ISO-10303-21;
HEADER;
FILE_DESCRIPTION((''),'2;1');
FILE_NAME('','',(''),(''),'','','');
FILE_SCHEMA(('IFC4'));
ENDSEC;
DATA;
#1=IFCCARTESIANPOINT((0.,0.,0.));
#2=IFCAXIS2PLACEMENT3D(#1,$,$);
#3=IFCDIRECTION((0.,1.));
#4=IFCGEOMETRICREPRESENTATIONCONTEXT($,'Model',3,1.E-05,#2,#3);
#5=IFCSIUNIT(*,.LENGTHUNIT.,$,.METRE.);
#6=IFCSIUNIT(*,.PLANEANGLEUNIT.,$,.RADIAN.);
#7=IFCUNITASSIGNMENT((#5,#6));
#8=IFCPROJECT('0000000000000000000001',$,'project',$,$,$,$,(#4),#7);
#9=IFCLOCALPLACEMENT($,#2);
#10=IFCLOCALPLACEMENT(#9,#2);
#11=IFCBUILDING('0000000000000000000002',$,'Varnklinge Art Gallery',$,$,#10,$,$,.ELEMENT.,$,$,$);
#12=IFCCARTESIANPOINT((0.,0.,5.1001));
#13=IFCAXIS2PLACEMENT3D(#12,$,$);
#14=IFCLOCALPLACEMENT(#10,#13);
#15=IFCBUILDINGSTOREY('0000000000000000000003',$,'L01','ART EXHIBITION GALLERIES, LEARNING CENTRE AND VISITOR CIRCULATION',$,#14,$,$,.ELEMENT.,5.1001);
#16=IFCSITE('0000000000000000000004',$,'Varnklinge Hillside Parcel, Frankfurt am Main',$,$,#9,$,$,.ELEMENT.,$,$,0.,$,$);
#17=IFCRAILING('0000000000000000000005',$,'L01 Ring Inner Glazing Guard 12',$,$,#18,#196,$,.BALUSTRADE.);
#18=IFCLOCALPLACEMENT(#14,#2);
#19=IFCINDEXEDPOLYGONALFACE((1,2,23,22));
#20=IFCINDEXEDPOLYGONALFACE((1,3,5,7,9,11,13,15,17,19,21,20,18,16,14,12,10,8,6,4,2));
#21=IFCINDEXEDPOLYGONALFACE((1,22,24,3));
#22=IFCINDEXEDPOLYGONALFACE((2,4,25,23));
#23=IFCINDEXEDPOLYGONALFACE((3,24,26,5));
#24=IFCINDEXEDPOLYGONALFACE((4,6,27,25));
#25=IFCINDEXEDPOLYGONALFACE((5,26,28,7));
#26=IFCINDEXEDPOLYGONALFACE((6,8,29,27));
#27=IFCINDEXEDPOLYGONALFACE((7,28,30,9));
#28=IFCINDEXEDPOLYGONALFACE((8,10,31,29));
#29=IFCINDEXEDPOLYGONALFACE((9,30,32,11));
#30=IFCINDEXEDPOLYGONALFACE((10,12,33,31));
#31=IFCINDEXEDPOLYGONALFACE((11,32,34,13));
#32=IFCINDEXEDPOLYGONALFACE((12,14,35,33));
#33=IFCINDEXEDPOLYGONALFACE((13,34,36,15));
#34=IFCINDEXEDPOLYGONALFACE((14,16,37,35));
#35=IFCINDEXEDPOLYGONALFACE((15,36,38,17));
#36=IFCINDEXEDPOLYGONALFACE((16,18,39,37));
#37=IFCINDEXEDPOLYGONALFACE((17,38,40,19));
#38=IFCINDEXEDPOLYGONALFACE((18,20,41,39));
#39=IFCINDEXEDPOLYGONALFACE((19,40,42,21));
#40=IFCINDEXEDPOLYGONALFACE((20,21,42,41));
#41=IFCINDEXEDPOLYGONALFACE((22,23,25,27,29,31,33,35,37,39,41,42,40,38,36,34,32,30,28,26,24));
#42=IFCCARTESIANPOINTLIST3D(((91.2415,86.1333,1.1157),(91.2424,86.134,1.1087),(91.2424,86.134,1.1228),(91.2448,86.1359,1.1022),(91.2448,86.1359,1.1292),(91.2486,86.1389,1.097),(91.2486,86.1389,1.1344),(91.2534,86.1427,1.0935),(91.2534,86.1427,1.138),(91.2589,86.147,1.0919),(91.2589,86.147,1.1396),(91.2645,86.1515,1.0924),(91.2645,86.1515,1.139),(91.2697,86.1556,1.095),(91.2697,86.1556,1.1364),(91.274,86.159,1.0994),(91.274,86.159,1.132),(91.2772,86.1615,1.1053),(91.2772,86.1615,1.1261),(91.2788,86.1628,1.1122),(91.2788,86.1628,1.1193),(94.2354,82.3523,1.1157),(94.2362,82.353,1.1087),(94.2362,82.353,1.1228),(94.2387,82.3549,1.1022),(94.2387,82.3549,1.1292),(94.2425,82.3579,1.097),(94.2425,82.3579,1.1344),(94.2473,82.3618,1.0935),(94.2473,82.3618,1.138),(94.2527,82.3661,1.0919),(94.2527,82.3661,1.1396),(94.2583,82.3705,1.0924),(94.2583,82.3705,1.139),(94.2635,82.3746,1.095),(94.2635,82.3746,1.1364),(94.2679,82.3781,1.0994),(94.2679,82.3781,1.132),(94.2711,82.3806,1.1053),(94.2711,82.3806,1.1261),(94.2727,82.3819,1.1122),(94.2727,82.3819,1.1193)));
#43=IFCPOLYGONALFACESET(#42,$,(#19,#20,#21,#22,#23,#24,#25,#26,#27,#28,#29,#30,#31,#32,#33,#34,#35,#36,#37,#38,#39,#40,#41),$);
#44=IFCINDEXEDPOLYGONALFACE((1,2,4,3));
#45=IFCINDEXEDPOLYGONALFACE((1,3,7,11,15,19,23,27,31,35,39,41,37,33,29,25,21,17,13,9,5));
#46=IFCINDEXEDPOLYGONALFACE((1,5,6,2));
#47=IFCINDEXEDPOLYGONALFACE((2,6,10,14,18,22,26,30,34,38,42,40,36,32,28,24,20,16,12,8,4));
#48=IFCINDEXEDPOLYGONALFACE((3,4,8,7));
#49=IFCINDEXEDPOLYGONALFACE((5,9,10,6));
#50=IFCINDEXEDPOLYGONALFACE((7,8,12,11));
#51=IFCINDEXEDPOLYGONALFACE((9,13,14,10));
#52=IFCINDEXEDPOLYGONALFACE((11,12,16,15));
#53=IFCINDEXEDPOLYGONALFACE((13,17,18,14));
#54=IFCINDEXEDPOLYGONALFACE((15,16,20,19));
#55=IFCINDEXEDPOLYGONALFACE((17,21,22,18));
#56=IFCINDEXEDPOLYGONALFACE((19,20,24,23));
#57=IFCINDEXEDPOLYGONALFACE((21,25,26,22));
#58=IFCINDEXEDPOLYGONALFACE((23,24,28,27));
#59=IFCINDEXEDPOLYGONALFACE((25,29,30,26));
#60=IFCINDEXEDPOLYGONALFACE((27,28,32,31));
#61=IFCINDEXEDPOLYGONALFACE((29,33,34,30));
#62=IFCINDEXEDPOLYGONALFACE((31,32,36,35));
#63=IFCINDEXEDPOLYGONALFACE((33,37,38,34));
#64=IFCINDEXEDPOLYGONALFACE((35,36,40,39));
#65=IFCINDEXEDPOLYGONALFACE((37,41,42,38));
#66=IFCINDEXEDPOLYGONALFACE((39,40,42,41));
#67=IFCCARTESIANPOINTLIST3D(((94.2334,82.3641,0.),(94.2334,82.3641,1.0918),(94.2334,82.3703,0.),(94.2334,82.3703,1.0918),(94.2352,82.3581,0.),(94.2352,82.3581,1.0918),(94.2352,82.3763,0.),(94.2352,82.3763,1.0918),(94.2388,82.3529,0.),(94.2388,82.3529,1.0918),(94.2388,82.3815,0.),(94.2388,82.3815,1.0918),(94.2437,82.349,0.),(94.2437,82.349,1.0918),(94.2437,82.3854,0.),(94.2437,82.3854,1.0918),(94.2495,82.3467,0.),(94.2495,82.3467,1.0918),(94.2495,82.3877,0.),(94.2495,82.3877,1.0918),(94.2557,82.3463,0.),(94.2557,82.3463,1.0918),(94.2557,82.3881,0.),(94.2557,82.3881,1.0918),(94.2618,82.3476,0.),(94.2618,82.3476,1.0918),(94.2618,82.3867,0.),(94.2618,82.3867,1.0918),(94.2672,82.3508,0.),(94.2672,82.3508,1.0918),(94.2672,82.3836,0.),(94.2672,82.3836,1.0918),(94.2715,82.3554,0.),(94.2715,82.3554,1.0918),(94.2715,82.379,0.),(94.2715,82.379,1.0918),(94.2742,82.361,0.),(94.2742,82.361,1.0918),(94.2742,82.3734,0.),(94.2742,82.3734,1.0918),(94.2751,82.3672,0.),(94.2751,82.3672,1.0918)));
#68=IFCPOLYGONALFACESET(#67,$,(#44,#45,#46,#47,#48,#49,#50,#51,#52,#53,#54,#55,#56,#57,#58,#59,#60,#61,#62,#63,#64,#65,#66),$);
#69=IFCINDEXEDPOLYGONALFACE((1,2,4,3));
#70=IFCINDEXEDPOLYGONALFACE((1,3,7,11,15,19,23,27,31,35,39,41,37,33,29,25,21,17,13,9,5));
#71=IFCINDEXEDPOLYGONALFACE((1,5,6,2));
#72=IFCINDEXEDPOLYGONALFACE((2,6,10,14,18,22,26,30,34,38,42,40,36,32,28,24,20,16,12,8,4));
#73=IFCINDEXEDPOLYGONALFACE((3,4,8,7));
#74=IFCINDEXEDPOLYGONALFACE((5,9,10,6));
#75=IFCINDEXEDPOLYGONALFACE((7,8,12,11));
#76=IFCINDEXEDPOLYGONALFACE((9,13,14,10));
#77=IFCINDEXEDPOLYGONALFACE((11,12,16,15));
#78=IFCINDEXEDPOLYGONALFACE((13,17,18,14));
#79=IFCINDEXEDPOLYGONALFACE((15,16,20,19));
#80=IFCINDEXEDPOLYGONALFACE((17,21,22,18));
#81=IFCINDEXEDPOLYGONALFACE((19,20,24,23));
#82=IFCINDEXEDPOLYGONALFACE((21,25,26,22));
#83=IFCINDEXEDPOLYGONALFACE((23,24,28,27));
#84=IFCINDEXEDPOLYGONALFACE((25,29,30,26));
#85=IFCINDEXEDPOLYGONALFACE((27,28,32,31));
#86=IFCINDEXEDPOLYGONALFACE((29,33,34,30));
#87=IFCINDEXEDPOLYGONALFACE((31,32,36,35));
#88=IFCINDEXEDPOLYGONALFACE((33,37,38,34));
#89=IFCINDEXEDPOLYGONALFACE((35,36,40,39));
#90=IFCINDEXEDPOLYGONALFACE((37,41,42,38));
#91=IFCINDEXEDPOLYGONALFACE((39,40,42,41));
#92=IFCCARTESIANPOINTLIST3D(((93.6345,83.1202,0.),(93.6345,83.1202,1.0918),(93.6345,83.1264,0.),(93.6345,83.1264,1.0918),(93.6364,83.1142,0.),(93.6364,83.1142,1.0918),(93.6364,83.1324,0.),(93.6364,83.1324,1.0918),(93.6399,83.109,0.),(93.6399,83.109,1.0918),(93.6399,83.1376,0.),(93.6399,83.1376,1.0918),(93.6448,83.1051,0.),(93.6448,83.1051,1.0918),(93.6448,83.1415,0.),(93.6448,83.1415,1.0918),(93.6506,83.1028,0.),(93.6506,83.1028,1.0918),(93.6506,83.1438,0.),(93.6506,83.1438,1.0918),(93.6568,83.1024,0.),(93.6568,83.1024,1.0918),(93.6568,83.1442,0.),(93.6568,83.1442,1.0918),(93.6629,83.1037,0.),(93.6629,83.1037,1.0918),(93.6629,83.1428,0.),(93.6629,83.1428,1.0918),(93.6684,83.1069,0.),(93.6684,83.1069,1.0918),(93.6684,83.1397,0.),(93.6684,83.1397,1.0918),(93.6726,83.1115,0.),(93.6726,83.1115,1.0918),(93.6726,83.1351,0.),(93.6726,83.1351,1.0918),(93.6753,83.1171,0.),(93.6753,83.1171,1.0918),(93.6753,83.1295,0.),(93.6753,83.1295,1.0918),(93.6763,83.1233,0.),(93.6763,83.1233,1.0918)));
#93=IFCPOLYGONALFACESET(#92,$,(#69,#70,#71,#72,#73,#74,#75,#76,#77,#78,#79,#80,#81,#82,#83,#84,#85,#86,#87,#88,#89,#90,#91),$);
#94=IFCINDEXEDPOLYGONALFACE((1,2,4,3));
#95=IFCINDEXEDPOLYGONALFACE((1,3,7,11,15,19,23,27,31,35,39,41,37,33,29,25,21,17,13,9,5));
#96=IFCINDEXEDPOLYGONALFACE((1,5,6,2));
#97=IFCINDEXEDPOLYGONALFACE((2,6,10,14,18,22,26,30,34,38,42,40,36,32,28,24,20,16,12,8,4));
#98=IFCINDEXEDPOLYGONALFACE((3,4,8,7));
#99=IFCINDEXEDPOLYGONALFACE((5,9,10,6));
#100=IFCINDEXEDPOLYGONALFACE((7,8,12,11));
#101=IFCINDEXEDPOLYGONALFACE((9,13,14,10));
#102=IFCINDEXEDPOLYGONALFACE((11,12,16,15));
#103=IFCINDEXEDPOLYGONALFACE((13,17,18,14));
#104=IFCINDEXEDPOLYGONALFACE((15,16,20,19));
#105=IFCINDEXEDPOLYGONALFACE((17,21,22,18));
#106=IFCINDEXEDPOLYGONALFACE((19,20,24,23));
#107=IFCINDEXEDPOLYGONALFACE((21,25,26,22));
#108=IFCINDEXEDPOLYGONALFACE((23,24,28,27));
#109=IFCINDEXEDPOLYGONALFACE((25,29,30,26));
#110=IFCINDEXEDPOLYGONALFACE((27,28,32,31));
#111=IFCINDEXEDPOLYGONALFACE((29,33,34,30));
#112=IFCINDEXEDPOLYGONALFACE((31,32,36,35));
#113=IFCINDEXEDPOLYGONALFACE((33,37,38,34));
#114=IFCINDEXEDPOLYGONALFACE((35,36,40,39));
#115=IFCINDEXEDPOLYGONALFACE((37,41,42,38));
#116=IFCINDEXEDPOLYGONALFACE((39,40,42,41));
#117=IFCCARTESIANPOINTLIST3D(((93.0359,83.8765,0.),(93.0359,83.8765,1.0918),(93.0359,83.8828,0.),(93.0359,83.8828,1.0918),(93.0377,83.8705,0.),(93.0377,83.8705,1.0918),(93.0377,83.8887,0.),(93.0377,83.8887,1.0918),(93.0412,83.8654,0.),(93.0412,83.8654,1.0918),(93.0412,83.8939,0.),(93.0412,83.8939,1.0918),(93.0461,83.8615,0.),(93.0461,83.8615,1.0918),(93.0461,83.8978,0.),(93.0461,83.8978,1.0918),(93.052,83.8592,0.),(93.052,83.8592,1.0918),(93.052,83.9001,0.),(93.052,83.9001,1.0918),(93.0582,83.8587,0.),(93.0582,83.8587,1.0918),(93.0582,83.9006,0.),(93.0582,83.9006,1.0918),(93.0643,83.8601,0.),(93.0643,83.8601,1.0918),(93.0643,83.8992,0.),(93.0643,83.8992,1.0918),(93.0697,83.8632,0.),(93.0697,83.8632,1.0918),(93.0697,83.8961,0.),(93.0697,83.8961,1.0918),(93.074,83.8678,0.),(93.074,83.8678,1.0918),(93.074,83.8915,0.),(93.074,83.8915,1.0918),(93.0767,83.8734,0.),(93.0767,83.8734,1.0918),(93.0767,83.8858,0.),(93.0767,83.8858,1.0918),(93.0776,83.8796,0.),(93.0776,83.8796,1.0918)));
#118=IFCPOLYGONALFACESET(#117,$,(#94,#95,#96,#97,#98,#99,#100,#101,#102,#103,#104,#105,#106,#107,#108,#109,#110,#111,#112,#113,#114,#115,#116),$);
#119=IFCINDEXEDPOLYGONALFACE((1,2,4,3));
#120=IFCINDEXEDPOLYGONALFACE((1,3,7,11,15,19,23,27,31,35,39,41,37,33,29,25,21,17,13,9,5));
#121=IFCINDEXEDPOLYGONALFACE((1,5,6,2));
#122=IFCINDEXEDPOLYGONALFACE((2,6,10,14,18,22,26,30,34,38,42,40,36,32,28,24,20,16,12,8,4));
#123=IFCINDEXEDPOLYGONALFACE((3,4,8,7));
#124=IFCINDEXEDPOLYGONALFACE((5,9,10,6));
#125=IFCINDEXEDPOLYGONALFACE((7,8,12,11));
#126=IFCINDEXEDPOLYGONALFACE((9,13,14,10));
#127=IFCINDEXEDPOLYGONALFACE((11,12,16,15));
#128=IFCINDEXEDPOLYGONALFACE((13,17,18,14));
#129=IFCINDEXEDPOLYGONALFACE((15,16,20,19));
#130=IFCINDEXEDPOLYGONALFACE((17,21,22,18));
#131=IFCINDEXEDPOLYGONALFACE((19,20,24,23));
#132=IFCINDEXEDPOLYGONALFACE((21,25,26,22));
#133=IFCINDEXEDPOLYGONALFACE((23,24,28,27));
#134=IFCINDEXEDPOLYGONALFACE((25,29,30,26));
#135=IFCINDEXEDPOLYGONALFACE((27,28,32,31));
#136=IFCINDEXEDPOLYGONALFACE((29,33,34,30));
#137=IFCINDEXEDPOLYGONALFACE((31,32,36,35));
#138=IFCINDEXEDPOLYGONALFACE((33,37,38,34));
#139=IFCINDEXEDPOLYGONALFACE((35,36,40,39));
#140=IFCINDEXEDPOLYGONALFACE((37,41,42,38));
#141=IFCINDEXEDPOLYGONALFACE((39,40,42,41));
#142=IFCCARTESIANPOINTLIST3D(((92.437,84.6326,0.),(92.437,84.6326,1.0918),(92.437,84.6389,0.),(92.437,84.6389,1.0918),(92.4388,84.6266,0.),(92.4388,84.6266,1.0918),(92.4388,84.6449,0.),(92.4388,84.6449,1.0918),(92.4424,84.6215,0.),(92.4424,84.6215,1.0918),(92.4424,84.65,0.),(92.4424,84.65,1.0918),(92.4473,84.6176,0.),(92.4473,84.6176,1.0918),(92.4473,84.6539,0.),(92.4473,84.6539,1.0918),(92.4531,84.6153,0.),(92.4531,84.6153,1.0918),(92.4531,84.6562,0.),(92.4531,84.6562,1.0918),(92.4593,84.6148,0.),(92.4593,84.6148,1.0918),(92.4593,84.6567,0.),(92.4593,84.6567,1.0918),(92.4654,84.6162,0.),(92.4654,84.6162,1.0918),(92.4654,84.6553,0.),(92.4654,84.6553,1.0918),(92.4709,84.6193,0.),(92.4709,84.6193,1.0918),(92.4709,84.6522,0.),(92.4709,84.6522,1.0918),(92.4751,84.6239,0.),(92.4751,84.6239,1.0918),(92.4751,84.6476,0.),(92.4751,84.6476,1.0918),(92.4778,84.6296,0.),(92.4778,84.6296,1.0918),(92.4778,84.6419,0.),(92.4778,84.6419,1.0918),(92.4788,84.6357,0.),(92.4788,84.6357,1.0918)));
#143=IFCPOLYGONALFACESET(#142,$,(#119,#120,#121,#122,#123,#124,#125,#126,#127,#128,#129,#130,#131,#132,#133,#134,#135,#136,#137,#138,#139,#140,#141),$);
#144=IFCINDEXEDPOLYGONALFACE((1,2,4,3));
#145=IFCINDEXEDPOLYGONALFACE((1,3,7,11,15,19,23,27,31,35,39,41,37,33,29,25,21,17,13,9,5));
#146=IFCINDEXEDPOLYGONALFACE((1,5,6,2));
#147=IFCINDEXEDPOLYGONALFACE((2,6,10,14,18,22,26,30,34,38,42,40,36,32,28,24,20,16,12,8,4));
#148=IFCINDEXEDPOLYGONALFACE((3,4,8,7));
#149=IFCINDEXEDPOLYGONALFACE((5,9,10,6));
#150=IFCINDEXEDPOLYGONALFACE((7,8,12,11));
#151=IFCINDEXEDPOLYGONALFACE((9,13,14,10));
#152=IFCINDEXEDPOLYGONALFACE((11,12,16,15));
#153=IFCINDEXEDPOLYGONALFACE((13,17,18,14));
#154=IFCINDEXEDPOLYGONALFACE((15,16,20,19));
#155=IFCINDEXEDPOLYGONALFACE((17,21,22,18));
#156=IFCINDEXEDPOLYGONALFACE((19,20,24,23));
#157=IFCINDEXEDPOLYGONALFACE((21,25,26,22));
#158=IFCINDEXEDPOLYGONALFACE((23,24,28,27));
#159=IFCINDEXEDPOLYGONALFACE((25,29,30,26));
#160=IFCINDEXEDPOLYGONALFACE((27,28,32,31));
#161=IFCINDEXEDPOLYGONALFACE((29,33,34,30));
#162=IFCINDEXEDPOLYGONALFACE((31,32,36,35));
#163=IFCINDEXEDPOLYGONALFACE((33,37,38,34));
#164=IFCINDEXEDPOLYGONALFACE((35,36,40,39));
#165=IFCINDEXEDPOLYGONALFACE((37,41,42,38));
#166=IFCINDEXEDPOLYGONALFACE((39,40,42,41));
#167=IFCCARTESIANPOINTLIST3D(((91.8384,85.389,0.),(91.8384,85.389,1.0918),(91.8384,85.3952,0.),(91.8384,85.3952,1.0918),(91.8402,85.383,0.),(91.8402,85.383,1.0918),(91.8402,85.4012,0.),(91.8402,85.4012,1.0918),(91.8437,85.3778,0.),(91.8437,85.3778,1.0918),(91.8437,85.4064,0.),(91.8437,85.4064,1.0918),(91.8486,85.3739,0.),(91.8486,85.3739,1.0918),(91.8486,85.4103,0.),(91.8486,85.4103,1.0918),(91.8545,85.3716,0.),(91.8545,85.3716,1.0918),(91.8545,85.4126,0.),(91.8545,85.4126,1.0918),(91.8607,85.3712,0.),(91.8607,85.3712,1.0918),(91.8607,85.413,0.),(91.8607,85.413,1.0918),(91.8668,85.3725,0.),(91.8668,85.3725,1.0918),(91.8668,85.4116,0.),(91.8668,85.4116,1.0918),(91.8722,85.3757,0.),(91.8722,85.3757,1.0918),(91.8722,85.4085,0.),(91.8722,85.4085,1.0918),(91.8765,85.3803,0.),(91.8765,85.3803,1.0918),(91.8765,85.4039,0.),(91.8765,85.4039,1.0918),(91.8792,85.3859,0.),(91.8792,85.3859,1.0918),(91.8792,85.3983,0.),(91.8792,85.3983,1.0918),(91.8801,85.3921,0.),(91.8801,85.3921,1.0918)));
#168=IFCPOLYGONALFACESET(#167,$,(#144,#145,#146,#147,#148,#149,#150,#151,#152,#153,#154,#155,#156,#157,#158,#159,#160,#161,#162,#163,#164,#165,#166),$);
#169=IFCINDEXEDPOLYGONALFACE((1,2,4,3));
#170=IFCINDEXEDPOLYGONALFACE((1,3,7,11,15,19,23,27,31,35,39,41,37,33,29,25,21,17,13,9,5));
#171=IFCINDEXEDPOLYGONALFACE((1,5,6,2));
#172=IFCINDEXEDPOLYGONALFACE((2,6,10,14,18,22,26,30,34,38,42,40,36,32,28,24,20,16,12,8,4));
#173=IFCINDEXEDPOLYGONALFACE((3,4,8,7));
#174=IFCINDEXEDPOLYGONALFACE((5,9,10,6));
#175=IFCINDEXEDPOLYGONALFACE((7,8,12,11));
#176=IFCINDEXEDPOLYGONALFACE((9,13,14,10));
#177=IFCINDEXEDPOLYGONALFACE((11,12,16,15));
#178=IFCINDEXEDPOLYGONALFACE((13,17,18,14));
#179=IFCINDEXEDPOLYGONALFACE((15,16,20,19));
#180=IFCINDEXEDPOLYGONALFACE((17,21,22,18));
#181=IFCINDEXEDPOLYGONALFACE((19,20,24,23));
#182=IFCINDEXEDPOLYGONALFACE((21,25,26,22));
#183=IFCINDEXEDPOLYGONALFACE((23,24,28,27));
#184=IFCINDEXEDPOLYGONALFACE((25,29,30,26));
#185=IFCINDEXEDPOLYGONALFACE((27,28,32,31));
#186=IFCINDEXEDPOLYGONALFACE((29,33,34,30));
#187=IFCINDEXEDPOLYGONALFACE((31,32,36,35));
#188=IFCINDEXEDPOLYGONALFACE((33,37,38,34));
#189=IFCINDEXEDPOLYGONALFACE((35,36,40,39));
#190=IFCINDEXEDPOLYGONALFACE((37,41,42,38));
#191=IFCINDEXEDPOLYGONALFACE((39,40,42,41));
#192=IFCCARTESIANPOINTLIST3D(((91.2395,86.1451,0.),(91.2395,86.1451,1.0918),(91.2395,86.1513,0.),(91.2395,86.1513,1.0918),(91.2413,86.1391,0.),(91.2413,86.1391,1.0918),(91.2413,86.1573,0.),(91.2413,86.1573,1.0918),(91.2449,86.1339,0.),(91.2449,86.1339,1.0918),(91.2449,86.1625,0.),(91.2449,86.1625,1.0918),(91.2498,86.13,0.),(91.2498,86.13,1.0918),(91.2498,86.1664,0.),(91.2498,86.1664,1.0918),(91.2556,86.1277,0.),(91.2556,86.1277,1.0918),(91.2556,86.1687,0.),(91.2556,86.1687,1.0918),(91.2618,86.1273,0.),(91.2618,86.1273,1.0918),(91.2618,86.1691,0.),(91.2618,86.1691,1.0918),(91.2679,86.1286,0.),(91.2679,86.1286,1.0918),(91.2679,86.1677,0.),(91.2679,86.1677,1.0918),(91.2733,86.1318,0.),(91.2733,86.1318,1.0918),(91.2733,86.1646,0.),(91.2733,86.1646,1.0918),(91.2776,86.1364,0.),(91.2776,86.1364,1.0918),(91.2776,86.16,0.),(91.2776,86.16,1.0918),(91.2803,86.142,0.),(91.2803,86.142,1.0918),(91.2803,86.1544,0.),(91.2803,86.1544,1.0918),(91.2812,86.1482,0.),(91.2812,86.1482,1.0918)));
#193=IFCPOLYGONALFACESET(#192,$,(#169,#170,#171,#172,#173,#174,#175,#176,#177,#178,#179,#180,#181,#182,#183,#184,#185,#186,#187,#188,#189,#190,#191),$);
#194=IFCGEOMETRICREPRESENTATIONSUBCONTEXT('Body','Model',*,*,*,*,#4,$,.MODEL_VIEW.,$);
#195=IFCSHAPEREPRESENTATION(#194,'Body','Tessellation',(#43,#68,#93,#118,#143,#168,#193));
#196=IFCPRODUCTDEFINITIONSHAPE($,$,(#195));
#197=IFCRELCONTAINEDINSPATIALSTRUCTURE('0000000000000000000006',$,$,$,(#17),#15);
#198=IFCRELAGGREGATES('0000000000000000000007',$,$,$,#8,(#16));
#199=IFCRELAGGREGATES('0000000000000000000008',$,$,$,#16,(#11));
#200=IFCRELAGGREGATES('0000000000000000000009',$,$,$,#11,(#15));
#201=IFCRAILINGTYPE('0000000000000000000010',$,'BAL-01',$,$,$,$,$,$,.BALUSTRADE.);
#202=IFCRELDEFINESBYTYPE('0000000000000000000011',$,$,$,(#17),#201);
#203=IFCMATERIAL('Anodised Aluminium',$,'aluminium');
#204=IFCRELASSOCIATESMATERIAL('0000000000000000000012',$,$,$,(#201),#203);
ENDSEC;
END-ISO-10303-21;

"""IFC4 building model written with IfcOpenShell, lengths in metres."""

from ifc_helpers import new_model, si_unit, direction, frame, origin, origin_2d, place, context, subcontext, project, spatial, circle, extrude, material, type_object, element, save


model = new_model("IFC4")

# Units and contexts
model_context = context("Model", 3, precision=1e-05, world=origin(), true_north=direction((0.0, 1.0)))
body_context = subcontext(model_context, "Body", "Model", "MODEL_VIEW")
ifc_project = project(units=[si_unit("LENGTHUNIT", "METRE"), si_unit("PLANEANGLEUNIT", "RADIAN")], contexts=[model_context])

# Site, building, storey
site_placement = place(None, origin())
site = spatial("IfcSite", under=ifc_project, at=site_placement, Name="Varnklinge Hillside Parcel, Frankfurt am Main", CompositionType="ELEMENT", RefElevation=0.0)
building_placement = place(site_placement, origin())
building = spatial("IfcBuilding", under=site, at=building_placement, Name="Varnklinge Art Gallery", CompositionType="ELEMENT")
storey_placement = place(building_placement, frame((0.0, 0.0, 5.1001)))
storey = spatial("IfcBuildingStorey", under=building, at=storey_placement, Name="L01", Description="ART EXHIBITION GALLERIES, LEARNING CENTRE AND VISITOR CIRCULATION", CompositionType="ELEMENT", Elevation=5.1001)

# Railing
ifc_material_1 = material(Name="Anodised Aluminium", Category="aluminium")
railing_type = type_object("IfcRailingType", Name="BAL-01", PredefinedType="BALUSTRADE", material=ifc_material_1)
railing_placement = place(storey_placement, frame((94.2542, 82.3672, 0.0)))
element("IfcRailing", 1, at=railing_placement, inside=storey, type_object=railing_type, Name="L01 Ring Inner Glazing Guard 12", PredefinedType="BALUSTRADE", context=body_context, shape_type="SweptSolid", body=[
    extrude(circle(Radius=0.0239, at=origin_2d()), frame((0.0, 0.0, 1.1157), z_axis=(-0.620779, 0.783985, 0.0), x_axis=(-0.783985, -0.620779, 0.0)), (0.0, 0.0, 1.0), 4.8228),
    extrude(circle(Radius=0.021, at=origin_2d()), origin(), (0.0, 0.0, 1.0), 1.0918),
    extrude(circle(Radius=0.021, at=origin_2d()), frame((-0.5989, 0.7561, 0.0)), (0.0, 0.0, 1.0), 1.0918),
    extrude(circle(Radius=0.021, at=origin_2d()), frame((-1.1975, 1.5125, 0.0)), (0.0, 0.0, 1.0), 1.0918),
    extrude(circle(Radius=0.021, at=origin_2d()), frame((-1.7964, 2.2686, 0.0)), (0.0, 0.0, 1.0), 1.0918),
    extrude(circle(Radius=0.021, at=origin_2d()), frame((-2.395, 3.0249, 0.0)), (0.0, 0.0, 1.0), 1.0918),
    extrude(circle(Radius=0.021, at=origin_2d()), frame((-2.9939, 3.781, 0.0)), (0.0, 0.0, 1.0), 1.0918),
])

save(model, "model.ifc")
